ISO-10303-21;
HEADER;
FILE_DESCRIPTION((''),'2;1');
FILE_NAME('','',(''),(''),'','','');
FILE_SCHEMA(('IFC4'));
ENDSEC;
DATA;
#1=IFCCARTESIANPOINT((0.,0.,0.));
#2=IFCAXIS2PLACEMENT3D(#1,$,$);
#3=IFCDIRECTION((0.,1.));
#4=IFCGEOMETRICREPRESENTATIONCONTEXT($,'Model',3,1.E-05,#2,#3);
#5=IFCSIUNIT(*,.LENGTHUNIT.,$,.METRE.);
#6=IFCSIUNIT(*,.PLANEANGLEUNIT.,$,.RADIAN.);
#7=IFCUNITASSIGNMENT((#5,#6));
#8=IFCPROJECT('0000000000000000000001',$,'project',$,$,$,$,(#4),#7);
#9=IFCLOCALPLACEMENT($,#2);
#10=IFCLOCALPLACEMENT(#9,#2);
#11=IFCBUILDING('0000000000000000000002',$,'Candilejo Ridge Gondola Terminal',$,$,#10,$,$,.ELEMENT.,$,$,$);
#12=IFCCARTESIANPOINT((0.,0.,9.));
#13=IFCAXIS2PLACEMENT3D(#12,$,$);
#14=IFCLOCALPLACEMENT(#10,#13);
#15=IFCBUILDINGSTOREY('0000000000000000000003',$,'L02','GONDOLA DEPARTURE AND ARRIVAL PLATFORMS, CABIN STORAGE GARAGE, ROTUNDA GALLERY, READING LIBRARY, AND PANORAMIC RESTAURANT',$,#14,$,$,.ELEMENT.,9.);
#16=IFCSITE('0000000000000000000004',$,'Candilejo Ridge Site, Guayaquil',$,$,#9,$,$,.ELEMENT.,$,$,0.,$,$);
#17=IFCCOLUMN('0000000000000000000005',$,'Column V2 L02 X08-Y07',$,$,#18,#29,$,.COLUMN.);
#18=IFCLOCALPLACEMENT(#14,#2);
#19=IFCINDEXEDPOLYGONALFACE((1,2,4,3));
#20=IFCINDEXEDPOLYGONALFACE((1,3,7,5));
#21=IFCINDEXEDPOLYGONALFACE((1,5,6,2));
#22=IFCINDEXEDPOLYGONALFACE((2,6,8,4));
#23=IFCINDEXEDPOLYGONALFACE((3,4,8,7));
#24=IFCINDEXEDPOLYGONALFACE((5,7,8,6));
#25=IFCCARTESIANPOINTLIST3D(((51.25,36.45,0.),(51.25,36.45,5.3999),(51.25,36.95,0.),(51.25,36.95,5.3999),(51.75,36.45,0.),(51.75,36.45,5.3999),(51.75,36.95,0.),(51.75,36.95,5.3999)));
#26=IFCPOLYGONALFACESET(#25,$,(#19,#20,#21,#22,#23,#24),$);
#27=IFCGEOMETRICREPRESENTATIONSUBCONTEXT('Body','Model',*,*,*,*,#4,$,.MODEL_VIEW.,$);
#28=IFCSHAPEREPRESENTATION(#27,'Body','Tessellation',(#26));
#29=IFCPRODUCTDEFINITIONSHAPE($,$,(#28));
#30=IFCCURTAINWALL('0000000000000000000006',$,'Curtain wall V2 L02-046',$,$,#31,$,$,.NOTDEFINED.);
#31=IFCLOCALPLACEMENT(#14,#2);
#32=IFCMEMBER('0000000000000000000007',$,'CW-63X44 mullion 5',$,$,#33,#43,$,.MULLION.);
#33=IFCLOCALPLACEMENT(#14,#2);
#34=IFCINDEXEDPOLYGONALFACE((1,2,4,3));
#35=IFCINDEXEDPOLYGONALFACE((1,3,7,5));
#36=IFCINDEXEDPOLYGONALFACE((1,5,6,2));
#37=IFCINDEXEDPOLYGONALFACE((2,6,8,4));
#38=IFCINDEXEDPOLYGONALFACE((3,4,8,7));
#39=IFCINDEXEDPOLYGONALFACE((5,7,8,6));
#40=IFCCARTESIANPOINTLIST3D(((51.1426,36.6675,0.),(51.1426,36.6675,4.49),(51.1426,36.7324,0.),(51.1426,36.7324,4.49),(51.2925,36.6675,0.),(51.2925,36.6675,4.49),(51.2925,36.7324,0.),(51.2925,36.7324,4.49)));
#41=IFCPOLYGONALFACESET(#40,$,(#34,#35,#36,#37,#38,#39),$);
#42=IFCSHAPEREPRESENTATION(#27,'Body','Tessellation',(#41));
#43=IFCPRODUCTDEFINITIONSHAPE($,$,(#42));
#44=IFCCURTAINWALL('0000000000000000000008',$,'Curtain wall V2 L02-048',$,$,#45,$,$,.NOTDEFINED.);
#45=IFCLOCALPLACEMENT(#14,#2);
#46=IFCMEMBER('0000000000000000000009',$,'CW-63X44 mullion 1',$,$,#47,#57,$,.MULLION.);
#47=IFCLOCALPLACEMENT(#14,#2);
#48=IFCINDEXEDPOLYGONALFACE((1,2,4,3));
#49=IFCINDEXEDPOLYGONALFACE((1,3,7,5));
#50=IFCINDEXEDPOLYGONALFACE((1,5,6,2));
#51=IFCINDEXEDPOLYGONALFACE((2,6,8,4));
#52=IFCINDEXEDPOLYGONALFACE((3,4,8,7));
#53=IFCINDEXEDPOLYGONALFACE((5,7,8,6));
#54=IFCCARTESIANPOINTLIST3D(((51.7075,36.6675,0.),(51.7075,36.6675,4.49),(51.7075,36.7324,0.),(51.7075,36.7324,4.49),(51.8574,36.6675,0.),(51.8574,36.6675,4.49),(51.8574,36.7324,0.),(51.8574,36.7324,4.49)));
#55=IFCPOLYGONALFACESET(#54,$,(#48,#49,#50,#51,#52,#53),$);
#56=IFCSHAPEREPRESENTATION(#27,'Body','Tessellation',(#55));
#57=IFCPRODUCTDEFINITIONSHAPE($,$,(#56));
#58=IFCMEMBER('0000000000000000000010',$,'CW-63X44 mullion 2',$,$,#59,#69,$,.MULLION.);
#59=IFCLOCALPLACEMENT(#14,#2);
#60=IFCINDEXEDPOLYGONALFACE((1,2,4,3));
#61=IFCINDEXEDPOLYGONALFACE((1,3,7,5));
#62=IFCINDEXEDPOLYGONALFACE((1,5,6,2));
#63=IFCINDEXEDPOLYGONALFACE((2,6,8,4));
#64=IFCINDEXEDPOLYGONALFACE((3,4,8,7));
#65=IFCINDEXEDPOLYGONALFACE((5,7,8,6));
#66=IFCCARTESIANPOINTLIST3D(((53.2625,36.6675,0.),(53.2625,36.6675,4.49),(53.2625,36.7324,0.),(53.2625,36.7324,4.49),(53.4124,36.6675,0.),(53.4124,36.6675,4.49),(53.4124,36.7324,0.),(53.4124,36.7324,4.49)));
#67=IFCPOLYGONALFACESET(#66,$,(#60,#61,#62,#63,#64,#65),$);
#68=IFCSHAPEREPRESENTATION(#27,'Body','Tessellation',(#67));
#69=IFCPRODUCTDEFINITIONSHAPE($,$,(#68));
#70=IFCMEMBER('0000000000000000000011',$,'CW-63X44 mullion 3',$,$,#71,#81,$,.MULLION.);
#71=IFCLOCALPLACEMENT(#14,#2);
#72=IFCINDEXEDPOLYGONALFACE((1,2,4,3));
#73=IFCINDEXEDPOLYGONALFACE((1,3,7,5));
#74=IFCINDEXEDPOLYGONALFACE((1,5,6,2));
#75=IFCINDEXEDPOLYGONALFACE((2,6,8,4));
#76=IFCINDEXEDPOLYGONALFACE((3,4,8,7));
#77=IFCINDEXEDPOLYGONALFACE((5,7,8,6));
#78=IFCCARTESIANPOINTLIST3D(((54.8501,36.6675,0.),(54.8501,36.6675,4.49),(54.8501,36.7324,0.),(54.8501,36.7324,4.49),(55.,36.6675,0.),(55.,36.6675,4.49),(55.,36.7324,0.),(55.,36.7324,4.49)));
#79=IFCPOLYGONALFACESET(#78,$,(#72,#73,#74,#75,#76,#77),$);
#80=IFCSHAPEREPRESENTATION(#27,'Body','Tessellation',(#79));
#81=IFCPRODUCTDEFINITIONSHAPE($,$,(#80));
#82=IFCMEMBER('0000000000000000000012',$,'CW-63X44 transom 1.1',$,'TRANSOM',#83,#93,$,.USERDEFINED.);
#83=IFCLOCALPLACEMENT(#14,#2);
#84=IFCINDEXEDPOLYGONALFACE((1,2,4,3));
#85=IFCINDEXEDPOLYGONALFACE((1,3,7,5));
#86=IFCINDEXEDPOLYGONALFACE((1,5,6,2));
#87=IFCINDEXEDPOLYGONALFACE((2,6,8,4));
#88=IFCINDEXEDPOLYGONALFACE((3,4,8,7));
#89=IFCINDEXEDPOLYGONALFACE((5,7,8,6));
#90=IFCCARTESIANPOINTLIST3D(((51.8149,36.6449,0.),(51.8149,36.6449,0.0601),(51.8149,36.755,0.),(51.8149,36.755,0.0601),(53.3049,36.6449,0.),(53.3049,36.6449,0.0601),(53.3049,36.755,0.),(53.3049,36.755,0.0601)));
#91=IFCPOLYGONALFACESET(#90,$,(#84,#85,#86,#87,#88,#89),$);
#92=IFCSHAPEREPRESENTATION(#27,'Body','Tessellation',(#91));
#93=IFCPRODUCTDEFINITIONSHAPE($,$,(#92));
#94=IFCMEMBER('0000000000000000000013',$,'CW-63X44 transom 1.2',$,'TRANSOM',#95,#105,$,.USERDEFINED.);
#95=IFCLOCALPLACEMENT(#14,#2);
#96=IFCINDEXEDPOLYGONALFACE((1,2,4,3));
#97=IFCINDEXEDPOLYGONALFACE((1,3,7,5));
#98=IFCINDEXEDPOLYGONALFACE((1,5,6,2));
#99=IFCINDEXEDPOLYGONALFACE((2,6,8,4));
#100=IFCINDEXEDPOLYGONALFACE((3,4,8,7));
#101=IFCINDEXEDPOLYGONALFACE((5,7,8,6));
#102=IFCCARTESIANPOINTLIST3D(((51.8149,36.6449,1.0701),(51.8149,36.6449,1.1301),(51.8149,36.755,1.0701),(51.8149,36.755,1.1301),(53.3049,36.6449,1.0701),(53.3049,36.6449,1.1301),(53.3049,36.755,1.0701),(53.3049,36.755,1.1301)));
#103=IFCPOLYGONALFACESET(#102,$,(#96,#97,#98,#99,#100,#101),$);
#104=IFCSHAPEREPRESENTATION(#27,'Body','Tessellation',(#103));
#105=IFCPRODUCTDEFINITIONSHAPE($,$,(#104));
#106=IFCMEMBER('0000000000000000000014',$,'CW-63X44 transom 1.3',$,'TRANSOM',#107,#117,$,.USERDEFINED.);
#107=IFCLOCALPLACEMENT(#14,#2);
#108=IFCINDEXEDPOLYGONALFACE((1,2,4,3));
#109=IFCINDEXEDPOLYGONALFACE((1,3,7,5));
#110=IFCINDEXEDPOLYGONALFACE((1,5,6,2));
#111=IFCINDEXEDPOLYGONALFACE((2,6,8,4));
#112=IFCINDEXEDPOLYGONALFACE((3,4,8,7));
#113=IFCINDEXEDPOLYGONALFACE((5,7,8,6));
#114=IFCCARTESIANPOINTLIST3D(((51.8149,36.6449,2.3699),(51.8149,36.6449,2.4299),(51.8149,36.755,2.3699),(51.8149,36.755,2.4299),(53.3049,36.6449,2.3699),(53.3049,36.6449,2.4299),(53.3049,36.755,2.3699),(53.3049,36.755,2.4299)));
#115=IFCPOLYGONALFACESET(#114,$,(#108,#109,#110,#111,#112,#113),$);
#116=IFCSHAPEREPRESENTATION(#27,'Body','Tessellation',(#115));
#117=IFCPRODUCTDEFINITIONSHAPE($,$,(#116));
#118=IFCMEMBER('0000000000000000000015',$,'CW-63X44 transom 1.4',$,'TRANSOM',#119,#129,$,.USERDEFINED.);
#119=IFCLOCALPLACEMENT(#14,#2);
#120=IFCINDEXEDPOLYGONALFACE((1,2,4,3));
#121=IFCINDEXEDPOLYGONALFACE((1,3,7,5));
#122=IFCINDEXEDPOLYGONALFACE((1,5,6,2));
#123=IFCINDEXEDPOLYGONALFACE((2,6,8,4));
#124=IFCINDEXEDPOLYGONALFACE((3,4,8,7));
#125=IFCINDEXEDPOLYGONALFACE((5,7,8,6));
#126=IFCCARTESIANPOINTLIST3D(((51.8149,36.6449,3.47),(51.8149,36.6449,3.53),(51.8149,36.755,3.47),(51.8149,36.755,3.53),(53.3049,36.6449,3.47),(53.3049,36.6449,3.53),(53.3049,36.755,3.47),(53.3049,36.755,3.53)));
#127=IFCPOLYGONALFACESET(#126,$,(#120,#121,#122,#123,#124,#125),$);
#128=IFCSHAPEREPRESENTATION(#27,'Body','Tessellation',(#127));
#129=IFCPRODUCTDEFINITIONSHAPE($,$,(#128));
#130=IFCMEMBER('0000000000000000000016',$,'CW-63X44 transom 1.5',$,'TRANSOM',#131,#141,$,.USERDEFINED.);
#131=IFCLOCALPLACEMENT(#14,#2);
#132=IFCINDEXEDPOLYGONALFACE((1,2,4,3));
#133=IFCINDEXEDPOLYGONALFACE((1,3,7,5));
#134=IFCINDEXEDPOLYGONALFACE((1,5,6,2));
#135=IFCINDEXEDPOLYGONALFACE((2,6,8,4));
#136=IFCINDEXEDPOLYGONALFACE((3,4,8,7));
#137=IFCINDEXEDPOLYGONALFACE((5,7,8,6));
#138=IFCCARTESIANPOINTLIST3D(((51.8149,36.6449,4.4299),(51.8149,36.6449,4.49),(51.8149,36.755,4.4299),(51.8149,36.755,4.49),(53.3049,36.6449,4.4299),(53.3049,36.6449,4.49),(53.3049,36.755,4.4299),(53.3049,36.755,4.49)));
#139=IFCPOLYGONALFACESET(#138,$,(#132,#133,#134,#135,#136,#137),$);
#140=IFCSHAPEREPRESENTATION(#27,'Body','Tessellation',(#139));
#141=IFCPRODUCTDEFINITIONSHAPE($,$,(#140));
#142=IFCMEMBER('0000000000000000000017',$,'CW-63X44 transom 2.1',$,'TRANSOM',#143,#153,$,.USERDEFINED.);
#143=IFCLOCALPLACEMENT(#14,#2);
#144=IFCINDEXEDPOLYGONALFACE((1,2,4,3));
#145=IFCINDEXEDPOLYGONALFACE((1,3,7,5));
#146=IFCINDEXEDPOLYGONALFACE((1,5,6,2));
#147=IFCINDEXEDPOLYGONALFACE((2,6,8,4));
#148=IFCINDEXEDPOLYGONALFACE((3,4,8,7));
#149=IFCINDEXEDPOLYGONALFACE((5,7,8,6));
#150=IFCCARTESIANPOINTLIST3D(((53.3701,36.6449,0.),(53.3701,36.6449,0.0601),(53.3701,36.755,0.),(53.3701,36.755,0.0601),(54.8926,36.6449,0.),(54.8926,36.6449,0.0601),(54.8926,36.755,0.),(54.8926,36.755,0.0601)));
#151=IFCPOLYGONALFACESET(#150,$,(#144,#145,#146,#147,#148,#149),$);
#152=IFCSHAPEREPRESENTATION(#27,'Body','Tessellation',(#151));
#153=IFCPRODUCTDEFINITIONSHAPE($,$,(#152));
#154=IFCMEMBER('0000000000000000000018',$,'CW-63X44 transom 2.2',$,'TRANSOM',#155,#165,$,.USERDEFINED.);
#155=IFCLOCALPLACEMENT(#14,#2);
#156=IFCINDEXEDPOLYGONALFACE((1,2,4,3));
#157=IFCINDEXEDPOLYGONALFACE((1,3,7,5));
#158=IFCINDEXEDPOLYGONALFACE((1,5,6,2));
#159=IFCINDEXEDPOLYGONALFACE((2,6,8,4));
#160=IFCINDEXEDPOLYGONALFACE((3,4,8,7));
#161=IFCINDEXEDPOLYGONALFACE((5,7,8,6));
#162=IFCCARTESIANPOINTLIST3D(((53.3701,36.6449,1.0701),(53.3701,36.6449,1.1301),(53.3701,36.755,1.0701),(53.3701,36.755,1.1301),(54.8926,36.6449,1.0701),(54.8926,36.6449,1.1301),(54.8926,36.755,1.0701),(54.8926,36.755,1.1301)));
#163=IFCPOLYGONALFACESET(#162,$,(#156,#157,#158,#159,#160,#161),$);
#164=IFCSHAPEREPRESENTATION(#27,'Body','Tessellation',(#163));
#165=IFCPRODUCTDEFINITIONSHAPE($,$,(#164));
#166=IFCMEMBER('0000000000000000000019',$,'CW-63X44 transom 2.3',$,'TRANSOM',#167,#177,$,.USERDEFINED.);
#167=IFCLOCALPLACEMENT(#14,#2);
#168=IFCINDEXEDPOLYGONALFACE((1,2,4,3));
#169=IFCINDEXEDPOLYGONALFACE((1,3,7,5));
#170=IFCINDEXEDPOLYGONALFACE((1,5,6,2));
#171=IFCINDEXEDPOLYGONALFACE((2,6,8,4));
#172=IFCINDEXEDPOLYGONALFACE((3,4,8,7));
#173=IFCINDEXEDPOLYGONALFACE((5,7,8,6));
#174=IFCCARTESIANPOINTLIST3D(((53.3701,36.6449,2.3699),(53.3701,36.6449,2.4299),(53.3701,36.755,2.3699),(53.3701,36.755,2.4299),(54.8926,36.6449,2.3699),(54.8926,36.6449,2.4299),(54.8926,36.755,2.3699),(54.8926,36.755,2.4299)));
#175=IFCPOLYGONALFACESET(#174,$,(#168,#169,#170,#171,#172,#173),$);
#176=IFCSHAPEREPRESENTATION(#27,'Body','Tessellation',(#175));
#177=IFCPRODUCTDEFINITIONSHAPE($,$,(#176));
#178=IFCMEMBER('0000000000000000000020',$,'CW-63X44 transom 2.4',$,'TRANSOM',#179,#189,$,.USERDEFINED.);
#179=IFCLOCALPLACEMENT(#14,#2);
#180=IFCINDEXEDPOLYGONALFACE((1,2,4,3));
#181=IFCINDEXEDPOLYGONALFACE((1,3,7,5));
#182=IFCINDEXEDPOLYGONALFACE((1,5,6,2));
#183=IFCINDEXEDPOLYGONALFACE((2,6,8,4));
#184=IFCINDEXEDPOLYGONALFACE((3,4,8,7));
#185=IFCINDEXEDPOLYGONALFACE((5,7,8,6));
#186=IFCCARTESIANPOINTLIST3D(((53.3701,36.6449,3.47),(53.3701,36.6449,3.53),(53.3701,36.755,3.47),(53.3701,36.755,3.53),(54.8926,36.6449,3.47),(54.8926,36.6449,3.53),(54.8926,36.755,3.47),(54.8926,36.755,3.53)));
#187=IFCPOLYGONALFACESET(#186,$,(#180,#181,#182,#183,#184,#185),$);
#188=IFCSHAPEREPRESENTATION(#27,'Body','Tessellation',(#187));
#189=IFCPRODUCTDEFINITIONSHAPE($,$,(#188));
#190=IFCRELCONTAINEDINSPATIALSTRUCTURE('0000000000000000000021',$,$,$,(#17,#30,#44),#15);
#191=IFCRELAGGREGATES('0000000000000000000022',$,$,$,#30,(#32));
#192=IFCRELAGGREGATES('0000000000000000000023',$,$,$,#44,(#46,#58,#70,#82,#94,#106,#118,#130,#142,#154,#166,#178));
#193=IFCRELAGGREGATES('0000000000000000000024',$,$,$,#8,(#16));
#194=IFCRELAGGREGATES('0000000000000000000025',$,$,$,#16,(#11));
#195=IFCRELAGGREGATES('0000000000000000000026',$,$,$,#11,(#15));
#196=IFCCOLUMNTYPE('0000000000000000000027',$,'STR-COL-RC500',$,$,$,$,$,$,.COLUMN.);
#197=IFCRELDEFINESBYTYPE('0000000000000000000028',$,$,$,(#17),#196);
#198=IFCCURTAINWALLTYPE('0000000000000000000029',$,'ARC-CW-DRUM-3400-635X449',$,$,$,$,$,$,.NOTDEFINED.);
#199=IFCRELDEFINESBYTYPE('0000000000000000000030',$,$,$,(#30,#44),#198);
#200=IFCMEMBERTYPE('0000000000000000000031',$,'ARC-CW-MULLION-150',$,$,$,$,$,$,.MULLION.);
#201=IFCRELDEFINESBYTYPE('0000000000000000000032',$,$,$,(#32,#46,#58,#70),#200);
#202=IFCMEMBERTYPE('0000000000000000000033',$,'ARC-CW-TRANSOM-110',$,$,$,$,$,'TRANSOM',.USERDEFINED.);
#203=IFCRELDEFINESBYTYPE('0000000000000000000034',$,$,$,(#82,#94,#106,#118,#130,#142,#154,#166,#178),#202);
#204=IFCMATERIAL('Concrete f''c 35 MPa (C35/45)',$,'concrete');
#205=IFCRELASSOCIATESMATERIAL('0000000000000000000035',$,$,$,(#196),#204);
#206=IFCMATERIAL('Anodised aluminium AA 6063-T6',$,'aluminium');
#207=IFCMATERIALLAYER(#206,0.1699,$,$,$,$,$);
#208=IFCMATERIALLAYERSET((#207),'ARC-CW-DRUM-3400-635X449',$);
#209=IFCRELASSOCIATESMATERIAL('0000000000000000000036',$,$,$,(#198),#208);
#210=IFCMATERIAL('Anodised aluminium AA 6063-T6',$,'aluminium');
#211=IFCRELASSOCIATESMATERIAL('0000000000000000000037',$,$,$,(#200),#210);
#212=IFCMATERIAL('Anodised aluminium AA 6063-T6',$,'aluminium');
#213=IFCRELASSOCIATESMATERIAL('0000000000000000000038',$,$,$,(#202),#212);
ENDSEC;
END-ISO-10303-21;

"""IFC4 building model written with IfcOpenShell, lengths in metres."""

from ifc_helpers import new_model, si_unit, direction, frame, origin, origin_2d, place, context, subcontext, project, spatial, rectangle, extrude, material, layer, layer_set, material_profile, profile_set, type_object, element, aggregate, save


model = new_model("IFC4")

# Units and contexts
model_context = context("Model", 3, precision=1e-05, world=origin(), true_north=direction((0.0, 1.0)))
body_context = subcontext(model_context, "Body", "Model", "MODEL_VIEW")
ifc_project = project(units=[si_unit("LENGTHUNIT", "METRE"), si_unit("PLANEANGLEUNIT", "RADIAN")], contexts=[model_context])

# Site, building, storey
site_placement = place(None, origin())
site = spatial("IfcSite", under=ifc_project, at=site_placement, Name="Candilejo Ridge Site, Guayaquil", CompositionType="ELEMENT", RefElevation=0.0)
building_placement = place(site_placement, origin())
building = spatial("IfcBuilding", under=site, at=building_placement, Name="Candilejo Ridge Gondola Terminal", CompositionType="ELEMENT")
storey_placement = place(building_placement, frame((0.0, 0.0, 9.0)))
storey = spatial("IfcBuildingStorey", under=building, at=storey_placement, Name="L02", Description="GONDOLA DEPARTURE AND ARRIVAL PLATFORMS, CABIN STORAGE GARAGE, ROTUNDA GALLERY, READING LIBRARY, AND PANORAMIC RESTAURANT", CompositionType="ELEMENT", Elevation=9.0)

# Column
ifc_material_1 = material(Name="Concrete f'c 35 MPa (C35/45)", Category="concrete")
ifc_material_profile_1 = material_profile(ifc_material_1, rectangle(XDim=0.5, YDim=0.5, at=origin_2d()))
ifc_profile_set_1 = profile_set([ifc_material_profile_1], Name="Concrete f'c 35 MPa (C35/45)")
column_type = type_object("IfcColumnType", Name="STR-COL-RC500", PredefinedType="COLUMN", material=ifc_profile_set_1)
column_placement = place(storey_placement, frame((51.5, 36.7, 0.0), z_axis=(0.0, 0.0, 1.0), x_axis=(1.0, 0.0, 0.0)))
element("IfcColumn", 1, at=column_placement, inside=storey, type_object=column_type, Name="Column V2 L02 X08-Y07", PredefinedType="COLUMN", context=body_context, shape_type="SweptSolid", body=[
    extrude(rectangle(XDim=0.5, YDim=0.5, at=origin_2d()), origin(), (0.0, 0.0, 1.0), 5.3999),
])

# Curtain wall, member
ifc_material_2 = material(Name="Anodised aluminium AA 6063-T6", Category="aluminium")
ifc_layer_1 = layer(ifc_material_2, 0.1699)
ifc_layer_set_1 = layer_set([ifc_layer_1], Name="ARC-CW-DRUM-3400-635X449")
curtain_wall_type = type_object("IfcCurtainWallType", Name="ARC-CW-DRUM-3400-635X449", PredefinedType="NOTDEFINED", material=ifc_layer_set_1)
curtain_wall_1_placement = place(storey_placement, origin())
curtain_wall_1 = element("IfcCurtainWall", 2, at=curtain_wall_1_placement, inside=storey, type_object=curtain_wall_type, Name="Curtain wall V2 L02-046", PredefinedType="NOTDEFINED")
ifc_material_3 = material(Name="Anodised aluminium AA 6063-T6", Category="aluminium")
ifc_material_profile_2 = material_profile(ifc_material_3, rectangle(XDim=0.0649, YDim=0.1499, at=origin_2d()))
ifc_profile_set_2 = profile_set([ifc_material_profile_2], Name="Anodised aluminium AA 6063-T6")
member_type_1 = type_object("IfcMemberType", Name="ARC-CW-MULLION-150", PredefinedType="MULLION", material=ifc_profile_set_2)
member_1_placement = place(storey_placement, frame((51.2175, 36.7, 0.0), z_axis=(0.0, 0.0, 1.0), x_axis=(0.0, 1.0, 0.0)))
member_1 = element("IfcMember", 3, at=member_1_placement, type_object=member_type_1, Name="CW-63X44 mullion 5", PredefinedType="MULLION", context=body_context, shape_type="SweptSolid", body=[
    extrude(rectangle(XDim=0.0649, YDim=0.1499, at=origin_2d()), origin(), (0.0, 0.0, 1.0), 4.49),
])
aggregate(curtain_wall_1, [member_1])

# Curtain wall, members
curtain_wall_2_placement = place(storey_placement, origin())
curtain_wall_2 = element("IfcCurtainWall", 4, at=curtain_wall_2_placement, inside=storey, type_object=curtain_wall_type, Name="Curtain wall V2 L02-048", PredefinedType="NOTDEFINED")
member_2_placement = place(storey_placement, frame((51.7825, 36.7, 0.0), z_axis=(0.0, 0.0, 1.0), x_axis=(0.0, 1.0, 0.0)))
member_2 = element("IfcMember", 5, at=member_2_placement, type_object=member_type_1, Name="CW-63X44 mullion 1", PredefinedType="MULLION", context=body_context, shape_type="SweptSolid", body=[
    extrude(rectangle(XDim=0.0649, YDim=0.1499, at=origin_2d()), origin(), (0.0, 0.0, 1.0), 4.49),
])
member_3_placement = place(storey_placement, frame((53.3374, 36.7, 0.0), z_axis=(0.0, 0.0, 1.0), x_axis=(0.0, 1.0, 0.0)))
member_3 = element("IfcMember", 6, at=member_3_placement, type_object=member_type_1, Name="CW-63X44 mullion 2", PredefinedType="MULLION", context=body_context, shape_type="SweptSolid", body=[
    extrude(rectangle(XDim=0.0649, YDim=0.1499, at=origin_2d()), origin(), (0.0, 0.0, 1.0), 4.49),
])
member_4_placement = place(storey_placement, frame((54.925, 36.7, 0.0), z_axis=(0.0, 0.0, 1.0), x_axis=(0.0, 1.0, 0.0)))
member_4 = element("IfcMember", 7, at=member_4_placement, type_object=member_type_1, Name="CW-63X44 mullion 3", PredefinedType="MULLION", context=body_context, shape_type="SweptSolid", body=[
    extrude(rectangle(XDim=0.0649, YDim=0.1499, at=origin_2d()), origin(), (0.0, 0.0, 1.0), 4.49),
])
ifc_material_4 = material(Name="Anodised aluminium AA 6063-T6", Category="aluminium")
ifc_material_profile_3 = material_profile(ifc_material_4, rectangle(XDim=0.1101, YDim=0.0601, at=origin_2d()))
ifc_profile_set_3 = profile_set([ifc_material_profile_3], Name="Anodised aluminium AA 6063-T6")
member_type_2 = type_object("IfcMemberType", Name="ARC-CW-TRANSOM-110", ElementType="TRANSOM", PredefinedType="USERDEFINED", material=ifc_profile_set_3)
member_5_placement = place(storey_placement, frame((51.8149, 36.7, 0.03), z_axis=(1.0, 0.0, 0.0), x_axis=(0.0, 1.0, 0.0)))
member_5 = element("IfcMember", 8, at=member_5_placement, type_object=member_type_2, Name="CW-63X44 transom 1.1", ObjectType="TRANSOM", PredefinedType="USERDEFINED", context=body_context, shape_type="SweptSolid", body=[
    extrude(rectangle(XDim=0.1101, YDim=0.0601, at=origin_2d()), origin(), (0.0, 0.0, 1.0), 1.49),
])
member_6_placement = place(storey_placement, frame((51.8149, 36.7, 1.1001), z_axis=(1.0, 0.0, 0.0), x_axis=(0.0, 1.0, 0.0)))
member_6 = element("IfcMember", 9, at=member_6_placement, type_object=member_type_2, Name="CW-63X44 transom 1.2", ObjectType="TRANSOM", PredefinedType="USERDEFINED", context=body_context, shape_type="SweptSolid", body=[
    extrude(rectangle(XDim=0.1101, YDim=0.0601, at=origin_2d()), origin(), (0.0, 0.0, 1.0), 1.49),
])
member_7_placement = place(storey_placement, frame((51.8149, 36.7, 2.3999), z_axis=(1.0, 0.0, 0.0), x_axis=(0.0, 1.0, 0.0)))
member_7 = element("IfcMember", 10, at=member_7_placement, type_object=member_type_2, Name="CW-63X44 transom 1.3", ObjectType="TRANSOM", PredefinedType="USERDEFINED", context=body_context, shape_type="SweptSolid", body=[
    extrude(rectangle(XDim=0.1101, YDim=0.0601, at=origin_2d()), origin(), (0.0, 0.0, 1.0), 1.49),
])
member_8_placement = place(storey_placement, frame((51.8149, 36.7, 3.5), z_axis=(1.0, 0.0, 0.0), x_axis=(0.0, 1.0, 0.0)))
member_8 = element("IfcMember", 11, at=member_8_placement, type_object=member_type_2, Name="CW-63X44 transom 1.4", ObjectType="TRANSOM", PredefinedType="USERDEFINED", context=body_context, shape_type="SweptSolid", body=[
    extrude(rectangle(XDim=0.1101, YDim=0.0601, at=origin_2d()), origin(), (0.0, 0.0, 1.0), 1.49),
])
member_9_placement = place(storey_placement, frame((51.8149, 36.7, 4.46), z_axis=(1.0, 0.0, 0.0), x_axis=(0.0, 1.0, 0.0)))
member_9 = element("IfcMember", 12, at=member_9_placement, type_object=member_type_2, Name="CW-63X44 transom 1.5", ObjectType="TRANSOM", PredefinedType="USERDEFINED", context=body_context, shape_type="SweptSolid", body=[
    extrude(rectangle(XDim=0.1101, YDim=0.0601, at=origin_2d()), origin(), (0.0, 0.0, 1.0), 1.49),
])
member_10_placement = place(storey_placement, frame((53.3701, 36.7, 0.03), z_axis=(1.0, 0.0, 0.0), x_axis=(0.0, 1.0, 0.0)))
member_10 = element("IfcMember", 13, at=member_10_placement, type_object=member_type_2, Name="CW-63X44 transom 2.1", ObjectType="TRANSOM", PredefinedType="USERDEFINED", context=body_context, shape_type="SweptSolid", body=[
    extrude(rectangle(XDim=0.1101, YDim=0.0601, at=origin_2d()), origin(), (0.0, 0.0, 1.0), 1.5225),
])
member_11_placement = place(storey_placement, frame((53.3701, 36.7, 1.1001), z_axis=(1.0, 0.0, 0.0), x_axis=(0.0, 1.0, 0.0)))
member_11 = element("IfcMember", 14, at=member_11_placement, type_object=member_type_2, Name="CW-63X44 transom 2.2", ObjectType="TRANSOM", PredefinedType="USERDEFINED", context=body_context, shape_type="SweptSolid", body=[
    extrude(rectangle(XDim=0.1101, YDim=0.0601, at=origin_2d()), origin(), (0.0, 0.0, 1.0), 1.5225),
])
member_12_placement = place(storey_placement, frame((53.3701, 36.7, 2.3999), z_axis=(1.0, 0.0, 0.0), x_axis=(0.0, 1.0, 0.0)))
member_12 = element("IfcMember", 15, at=member_12_placement, type_object=member_type_2, Name="CW-63X44 transom 2.3", ObjectType="TRANSOM", PredefinedType="USERDEFINED", context=body_context, shape_type="SweptSolid", body=[
    extrude(rectangle(XDim=0.1101, YDim=0.0601, at=origin_2d()), origin(), (0.0, 0.0, 1.0), 1.5225),
])
member_13_placement = place(storey_placement, frame((53.3701, 36.7, 3.5), z_axis=(1.0, 0.0, 0.0), x_axis=(0.0, 1.0, 0.0)))
member_13 = element("IfcMember", 16, at=member_13_placement, type_object=member_type_2, Name="CW-63X44 transom 2.4", ObjectType="TRANSOM", PredefinedType="USERDEFINED", context=body_context, shape_type="SweptSolid", body=[
    extrude(rectangle(XDim=0.1101, YDim=0.0601, at=origin_2d()), origin(), (0.0, 0.0, 1.0), 1.5225),
])

aggregate(curtain_wall_2, [member_2, member_3, member_4, member_5, member_6, member_7, member_8, member_9, member_10, member_11, member_12, member_13])

save(model, "model.ifc")
